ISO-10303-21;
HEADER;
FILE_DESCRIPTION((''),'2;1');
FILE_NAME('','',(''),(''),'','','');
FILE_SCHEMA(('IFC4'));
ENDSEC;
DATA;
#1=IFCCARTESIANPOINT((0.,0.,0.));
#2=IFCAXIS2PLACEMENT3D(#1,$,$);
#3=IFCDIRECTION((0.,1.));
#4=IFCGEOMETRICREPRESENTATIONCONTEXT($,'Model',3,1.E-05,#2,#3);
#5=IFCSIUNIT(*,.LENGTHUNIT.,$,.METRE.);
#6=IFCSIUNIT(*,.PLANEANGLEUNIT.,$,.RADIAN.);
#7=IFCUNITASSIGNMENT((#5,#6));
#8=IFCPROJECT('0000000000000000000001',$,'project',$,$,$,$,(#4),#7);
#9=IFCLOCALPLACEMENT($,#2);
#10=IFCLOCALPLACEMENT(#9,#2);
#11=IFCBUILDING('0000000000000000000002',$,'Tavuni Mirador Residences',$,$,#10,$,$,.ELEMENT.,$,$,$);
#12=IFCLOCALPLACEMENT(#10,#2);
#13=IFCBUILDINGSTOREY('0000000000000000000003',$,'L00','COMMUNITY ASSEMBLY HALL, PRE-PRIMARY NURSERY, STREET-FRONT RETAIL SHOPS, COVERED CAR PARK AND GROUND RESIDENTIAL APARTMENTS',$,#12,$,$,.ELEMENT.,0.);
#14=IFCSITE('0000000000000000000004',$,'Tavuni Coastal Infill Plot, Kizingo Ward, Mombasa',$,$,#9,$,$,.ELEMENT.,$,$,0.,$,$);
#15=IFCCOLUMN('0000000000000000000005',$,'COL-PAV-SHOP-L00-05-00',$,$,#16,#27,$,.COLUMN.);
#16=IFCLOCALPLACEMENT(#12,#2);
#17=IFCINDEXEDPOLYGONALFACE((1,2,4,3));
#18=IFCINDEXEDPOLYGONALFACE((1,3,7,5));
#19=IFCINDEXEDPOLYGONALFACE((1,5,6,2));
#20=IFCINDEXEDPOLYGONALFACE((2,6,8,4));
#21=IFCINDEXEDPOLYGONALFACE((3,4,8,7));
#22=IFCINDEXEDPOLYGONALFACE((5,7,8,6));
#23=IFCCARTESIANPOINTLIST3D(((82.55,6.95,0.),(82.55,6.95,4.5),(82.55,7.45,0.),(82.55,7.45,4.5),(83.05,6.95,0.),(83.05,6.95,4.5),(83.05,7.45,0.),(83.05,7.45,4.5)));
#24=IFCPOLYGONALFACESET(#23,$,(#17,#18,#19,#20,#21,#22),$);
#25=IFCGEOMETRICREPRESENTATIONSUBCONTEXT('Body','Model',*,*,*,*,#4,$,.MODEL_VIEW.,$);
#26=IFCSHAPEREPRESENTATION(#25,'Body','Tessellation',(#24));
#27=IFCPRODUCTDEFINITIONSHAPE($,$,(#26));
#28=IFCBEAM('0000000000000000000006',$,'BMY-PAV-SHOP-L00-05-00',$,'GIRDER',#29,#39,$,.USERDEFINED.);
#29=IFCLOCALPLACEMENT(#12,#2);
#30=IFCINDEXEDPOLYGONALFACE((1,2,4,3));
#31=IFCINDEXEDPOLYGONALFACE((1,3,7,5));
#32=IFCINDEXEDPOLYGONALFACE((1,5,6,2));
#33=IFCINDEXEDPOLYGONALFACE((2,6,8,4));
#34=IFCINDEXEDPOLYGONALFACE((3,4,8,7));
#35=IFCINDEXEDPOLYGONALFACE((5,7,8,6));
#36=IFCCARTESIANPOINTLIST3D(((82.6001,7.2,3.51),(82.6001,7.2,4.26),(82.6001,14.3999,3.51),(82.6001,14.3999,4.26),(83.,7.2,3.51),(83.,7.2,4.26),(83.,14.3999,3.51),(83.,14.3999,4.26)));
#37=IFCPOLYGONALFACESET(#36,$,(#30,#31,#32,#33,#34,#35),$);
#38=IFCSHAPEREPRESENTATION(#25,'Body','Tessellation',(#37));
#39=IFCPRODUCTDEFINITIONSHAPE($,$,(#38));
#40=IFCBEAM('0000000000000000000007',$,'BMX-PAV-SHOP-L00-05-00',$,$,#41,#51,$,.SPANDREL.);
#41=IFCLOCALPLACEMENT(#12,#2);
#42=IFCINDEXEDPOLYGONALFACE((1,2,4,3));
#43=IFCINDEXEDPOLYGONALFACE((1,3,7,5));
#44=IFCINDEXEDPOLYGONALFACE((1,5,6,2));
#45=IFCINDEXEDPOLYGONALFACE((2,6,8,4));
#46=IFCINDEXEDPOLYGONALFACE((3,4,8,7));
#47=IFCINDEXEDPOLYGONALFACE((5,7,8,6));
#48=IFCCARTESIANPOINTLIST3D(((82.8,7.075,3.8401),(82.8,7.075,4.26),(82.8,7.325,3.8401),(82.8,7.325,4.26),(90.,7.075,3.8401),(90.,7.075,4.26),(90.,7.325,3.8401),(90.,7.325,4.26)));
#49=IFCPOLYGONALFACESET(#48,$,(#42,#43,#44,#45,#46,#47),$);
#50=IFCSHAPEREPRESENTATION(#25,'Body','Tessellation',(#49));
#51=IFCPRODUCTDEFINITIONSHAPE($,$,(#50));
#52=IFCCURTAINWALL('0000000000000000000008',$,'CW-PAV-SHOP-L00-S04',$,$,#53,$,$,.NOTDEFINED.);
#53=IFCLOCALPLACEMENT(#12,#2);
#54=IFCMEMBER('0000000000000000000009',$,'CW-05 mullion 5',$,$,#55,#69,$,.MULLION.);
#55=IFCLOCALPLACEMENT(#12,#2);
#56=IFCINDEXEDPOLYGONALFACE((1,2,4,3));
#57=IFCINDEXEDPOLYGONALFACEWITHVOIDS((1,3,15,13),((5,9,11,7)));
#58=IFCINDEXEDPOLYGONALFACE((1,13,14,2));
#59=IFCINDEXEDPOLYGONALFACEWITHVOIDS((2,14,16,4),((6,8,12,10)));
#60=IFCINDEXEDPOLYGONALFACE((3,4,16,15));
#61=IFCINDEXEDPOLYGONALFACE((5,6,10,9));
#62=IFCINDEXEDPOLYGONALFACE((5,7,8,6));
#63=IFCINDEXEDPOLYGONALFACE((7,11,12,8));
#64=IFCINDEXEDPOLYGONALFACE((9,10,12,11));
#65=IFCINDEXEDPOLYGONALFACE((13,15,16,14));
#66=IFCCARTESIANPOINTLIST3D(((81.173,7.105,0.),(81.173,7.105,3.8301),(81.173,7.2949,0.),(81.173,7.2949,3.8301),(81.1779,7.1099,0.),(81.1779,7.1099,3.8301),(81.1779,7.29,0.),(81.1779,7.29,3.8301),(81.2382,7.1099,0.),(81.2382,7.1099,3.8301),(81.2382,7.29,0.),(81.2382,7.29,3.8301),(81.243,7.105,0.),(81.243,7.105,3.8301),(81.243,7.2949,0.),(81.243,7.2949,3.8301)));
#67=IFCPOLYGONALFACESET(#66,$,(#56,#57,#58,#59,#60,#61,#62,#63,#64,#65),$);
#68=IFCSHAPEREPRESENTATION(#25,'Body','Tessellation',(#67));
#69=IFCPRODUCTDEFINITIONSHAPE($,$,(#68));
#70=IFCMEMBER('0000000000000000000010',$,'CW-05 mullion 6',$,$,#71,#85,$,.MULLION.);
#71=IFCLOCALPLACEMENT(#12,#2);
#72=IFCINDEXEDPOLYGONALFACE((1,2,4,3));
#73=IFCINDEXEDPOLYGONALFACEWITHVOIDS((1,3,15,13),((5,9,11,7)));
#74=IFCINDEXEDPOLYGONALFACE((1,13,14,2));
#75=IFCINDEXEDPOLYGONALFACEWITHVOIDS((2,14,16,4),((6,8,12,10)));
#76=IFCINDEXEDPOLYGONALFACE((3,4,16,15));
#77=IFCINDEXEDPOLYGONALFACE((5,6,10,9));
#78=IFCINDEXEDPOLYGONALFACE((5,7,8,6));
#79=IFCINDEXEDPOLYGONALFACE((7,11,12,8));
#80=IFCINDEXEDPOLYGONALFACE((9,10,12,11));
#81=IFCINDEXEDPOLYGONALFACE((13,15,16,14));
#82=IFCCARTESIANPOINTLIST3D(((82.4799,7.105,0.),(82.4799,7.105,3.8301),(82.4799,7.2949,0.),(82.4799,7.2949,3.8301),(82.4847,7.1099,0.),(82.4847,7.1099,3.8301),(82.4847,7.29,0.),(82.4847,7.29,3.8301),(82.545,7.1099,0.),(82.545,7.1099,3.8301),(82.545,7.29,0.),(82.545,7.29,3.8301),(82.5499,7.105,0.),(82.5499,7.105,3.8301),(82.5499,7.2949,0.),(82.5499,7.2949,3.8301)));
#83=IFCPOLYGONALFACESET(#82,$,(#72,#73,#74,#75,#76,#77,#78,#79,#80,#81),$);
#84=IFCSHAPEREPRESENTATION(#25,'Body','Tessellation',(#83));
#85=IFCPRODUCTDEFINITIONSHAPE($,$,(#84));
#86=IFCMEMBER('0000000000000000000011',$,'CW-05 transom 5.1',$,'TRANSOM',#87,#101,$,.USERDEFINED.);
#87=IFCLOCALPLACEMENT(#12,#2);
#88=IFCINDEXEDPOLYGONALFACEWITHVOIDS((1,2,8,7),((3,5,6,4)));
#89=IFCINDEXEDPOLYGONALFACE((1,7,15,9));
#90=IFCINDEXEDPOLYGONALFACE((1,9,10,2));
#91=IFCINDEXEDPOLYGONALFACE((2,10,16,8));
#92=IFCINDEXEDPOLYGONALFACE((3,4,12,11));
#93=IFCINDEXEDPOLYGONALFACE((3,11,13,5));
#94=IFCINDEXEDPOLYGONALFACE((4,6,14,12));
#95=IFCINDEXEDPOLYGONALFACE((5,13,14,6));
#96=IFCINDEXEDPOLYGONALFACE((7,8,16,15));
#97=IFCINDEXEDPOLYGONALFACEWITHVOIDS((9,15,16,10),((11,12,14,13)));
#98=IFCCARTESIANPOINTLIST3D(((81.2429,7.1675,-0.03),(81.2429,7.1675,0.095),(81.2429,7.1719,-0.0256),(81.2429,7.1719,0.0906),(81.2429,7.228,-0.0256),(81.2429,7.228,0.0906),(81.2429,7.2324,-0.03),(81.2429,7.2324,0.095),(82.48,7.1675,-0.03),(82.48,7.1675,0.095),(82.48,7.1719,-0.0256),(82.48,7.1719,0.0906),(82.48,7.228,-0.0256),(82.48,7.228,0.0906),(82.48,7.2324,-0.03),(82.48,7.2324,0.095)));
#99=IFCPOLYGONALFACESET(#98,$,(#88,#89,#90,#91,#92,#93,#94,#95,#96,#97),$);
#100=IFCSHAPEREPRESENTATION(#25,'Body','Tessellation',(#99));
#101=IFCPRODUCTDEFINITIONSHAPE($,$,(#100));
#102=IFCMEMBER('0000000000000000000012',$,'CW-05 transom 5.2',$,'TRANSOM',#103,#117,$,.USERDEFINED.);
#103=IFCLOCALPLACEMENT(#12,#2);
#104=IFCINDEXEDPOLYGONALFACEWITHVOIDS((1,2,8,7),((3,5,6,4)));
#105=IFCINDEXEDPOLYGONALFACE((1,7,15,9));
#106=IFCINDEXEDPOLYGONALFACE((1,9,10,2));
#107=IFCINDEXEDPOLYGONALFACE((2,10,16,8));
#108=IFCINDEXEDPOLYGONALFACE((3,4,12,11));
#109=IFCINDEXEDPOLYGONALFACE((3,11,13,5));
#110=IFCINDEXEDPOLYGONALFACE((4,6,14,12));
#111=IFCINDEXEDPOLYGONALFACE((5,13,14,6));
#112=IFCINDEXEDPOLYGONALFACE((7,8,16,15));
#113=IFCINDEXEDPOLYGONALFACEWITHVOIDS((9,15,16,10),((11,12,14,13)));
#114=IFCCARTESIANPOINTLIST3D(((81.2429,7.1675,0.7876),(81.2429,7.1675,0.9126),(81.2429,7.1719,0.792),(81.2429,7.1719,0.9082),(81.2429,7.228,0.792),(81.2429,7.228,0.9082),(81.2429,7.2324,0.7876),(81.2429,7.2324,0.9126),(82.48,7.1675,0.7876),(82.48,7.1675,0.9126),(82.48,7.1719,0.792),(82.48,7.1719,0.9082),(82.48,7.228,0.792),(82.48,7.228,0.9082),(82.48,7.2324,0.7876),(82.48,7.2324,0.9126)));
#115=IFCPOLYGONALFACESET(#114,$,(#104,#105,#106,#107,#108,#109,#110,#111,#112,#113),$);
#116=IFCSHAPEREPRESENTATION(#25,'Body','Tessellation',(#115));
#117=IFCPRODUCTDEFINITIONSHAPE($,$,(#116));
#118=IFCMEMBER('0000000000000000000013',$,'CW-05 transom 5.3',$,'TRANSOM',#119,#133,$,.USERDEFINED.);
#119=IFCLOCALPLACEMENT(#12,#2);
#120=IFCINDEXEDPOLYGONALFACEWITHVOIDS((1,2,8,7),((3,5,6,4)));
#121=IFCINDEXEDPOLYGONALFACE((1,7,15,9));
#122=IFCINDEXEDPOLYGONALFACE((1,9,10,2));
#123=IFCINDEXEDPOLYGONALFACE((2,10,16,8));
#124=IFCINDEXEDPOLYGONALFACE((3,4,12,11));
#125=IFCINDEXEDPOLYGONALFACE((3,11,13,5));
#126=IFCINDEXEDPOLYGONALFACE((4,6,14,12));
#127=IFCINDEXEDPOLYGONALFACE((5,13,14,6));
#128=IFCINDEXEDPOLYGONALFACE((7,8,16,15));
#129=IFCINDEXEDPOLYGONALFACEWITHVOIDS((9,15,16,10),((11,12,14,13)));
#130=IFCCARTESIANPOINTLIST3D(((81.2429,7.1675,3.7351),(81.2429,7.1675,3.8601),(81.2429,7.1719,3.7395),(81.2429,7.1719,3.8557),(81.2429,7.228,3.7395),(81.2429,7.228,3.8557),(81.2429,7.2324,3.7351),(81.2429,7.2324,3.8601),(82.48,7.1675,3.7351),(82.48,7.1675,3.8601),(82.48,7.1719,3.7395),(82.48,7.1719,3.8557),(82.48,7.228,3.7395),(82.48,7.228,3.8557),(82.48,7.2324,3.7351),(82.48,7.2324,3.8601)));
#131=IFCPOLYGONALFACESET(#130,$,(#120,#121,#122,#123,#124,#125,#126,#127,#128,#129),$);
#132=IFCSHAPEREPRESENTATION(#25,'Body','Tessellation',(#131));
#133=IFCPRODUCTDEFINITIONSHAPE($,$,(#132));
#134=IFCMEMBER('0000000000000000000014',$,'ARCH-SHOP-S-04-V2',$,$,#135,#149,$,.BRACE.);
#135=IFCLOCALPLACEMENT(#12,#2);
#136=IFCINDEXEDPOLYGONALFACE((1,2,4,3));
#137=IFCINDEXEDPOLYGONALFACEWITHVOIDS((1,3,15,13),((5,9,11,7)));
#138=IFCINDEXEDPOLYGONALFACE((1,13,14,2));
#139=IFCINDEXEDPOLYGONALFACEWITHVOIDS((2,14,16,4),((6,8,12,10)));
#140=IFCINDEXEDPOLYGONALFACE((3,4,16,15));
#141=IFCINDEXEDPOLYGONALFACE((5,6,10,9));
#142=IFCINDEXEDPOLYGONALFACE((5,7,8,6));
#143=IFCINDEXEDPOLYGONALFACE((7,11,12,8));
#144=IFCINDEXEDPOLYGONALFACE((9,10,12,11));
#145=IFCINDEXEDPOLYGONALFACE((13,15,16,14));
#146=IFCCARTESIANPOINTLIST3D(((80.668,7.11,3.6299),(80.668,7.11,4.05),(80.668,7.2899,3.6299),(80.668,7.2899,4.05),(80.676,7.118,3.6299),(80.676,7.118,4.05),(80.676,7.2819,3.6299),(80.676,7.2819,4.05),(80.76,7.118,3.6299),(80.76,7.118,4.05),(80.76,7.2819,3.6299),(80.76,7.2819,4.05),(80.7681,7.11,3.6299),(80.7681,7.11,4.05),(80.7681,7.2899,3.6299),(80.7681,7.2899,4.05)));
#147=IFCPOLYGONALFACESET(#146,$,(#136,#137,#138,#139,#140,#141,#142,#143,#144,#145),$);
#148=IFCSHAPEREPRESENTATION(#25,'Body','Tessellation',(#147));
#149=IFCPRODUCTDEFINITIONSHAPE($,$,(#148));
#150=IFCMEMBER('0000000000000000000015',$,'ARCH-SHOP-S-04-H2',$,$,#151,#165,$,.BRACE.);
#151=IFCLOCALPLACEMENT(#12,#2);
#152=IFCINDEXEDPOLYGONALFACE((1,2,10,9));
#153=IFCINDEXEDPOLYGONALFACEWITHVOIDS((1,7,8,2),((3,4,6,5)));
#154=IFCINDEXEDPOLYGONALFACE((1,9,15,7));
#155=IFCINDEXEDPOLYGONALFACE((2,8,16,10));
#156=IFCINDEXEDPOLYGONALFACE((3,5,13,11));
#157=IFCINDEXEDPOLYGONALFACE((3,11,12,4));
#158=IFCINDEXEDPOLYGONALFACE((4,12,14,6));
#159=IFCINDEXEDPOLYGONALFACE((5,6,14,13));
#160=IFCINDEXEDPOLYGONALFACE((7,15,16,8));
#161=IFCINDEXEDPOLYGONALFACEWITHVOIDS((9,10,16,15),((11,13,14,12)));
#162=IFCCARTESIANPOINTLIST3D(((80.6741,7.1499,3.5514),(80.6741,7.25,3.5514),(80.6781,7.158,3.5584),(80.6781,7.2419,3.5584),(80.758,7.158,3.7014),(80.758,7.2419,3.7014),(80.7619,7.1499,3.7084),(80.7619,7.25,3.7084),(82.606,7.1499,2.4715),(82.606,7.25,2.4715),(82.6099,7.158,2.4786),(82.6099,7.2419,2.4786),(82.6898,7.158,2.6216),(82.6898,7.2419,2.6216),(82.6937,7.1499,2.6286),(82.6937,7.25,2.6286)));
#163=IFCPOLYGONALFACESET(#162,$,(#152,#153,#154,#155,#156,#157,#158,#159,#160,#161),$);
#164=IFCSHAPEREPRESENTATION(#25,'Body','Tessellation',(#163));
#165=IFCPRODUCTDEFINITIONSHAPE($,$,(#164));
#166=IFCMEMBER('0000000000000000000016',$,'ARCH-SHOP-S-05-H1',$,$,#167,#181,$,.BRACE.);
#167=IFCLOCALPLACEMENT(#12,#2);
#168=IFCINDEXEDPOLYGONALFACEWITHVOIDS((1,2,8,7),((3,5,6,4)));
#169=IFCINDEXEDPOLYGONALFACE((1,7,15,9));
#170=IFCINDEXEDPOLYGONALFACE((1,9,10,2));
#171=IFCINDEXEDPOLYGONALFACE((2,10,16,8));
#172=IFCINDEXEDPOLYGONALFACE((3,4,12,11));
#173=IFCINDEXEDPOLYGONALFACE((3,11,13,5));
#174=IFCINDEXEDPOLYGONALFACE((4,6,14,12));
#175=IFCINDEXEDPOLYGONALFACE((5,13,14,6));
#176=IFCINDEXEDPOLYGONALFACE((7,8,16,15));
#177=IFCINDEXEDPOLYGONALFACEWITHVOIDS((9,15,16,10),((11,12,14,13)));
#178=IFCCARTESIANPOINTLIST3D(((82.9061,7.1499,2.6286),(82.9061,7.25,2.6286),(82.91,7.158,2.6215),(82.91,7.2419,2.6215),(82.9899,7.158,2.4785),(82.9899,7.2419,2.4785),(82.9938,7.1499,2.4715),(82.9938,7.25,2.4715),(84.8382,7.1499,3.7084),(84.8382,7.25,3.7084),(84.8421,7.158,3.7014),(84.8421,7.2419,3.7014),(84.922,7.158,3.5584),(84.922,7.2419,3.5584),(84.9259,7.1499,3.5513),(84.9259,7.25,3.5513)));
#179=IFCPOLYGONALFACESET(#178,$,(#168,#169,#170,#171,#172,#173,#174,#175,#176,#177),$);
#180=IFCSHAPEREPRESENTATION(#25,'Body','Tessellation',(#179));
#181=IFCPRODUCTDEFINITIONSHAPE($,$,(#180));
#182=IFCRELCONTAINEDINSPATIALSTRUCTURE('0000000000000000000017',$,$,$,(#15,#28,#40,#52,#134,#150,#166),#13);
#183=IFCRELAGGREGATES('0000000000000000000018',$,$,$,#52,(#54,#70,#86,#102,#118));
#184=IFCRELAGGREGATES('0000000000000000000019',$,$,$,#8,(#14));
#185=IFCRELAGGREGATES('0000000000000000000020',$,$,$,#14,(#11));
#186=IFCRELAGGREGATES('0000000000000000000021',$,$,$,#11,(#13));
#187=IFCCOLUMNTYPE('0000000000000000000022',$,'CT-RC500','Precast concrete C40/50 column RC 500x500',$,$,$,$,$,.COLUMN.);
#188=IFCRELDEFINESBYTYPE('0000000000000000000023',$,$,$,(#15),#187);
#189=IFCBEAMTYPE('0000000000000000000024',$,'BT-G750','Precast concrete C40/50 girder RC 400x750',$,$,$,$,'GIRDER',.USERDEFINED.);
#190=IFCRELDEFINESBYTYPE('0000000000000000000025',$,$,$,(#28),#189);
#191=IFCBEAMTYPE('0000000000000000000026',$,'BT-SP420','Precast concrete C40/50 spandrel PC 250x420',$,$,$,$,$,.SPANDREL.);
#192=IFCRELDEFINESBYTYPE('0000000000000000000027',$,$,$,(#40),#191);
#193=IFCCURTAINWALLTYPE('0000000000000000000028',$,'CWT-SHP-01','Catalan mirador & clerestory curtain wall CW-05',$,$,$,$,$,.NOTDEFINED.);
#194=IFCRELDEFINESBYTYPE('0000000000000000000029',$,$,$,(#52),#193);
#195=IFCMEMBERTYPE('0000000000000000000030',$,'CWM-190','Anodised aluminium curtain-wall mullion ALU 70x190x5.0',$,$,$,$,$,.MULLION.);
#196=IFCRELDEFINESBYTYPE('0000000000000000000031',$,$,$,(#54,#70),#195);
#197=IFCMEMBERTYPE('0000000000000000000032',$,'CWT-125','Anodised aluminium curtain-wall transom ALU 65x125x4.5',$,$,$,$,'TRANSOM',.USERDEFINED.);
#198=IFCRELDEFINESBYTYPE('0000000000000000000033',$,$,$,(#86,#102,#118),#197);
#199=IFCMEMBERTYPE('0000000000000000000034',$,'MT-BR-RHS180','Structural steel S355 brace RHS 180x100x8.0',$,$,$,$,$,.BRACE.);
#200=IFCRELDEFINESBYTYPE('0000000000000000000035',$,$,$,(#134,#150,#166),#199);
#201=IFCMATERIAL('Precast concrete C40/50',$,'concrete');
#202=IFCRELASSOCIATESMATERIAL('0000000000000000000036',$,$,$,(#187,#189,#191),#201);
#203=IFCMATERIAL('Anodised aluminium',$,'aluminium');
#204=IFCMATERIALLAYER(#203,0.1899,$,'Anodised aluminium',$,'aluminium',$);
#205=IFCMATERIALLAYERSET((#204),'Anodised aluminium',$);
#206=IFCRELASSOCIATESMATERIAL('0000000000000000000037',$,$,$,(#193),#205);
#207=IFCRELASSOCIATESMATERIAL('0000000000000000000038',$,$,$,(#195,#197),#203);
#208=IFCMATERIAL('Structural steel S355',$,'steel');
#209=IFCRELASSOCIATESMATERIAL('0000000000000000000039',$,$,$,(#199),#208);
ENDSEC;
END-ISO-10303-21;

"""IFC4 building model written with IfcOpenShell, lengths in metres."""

from ifc_helpers import new_model, si_unit, direction, frame, origin, origin_2d, place, context, subcontext, project, spatial, rectangle, hollow_rectangle, extrude, material, layer, layer_set, material_profile, profile_set, type_object, element, aggregate, save


model = new_model("IFC4")

# Units and contexts
model_context = context("Model", 3, precision=1e-05, world=origin(), true_north=direction((0.0, 1.0)))
body_context = subcontext(model_context, "Body", "Model", "MODEL_VIEW")
ifc_project = project(units=[si_unit("LENGTHUNIT", "METRE"), si_unit("PLANEANGLEUNIT", "RADIAN")], contexts=[model_context])

# Site, building, storey
site_placement = place(None, origin())
site = spatial("IfcSite", under=ifc_project, at=site_placement, Name="Tavuni Coastal Infill Plot, Kizingo Ward, Mombasa", CompositionType="ELEMENT", RefElevation=0.0)
building_placement = place(site_placement, origin())
building = spatial("IfcBuilding", under=site, at=building_placement, Name="Tavuni Mirador Residences", CompositionType="ELEMENT")
storey_placement = place(building_placement, origin())
storey = spatial("IfcBuildingStorey", under=building, at=storey_placement, Name="L00", Description="COMMUNITY ASSEMBLY HALL, PRE-PRIMARY NURSERY, STREET-FRONT RETAIL SHOPS, COVERED CAR PARK AND GROUND RESIDENTIAL APARTMENTS", CompositionType="ELEMENT", Elevation=0.0)

# Column
ifc_material_1 = material(Name="Precast concrete C40/50", Category="concrete")
ifc_material_profile_1 = material_profile(ifc_material_1, rectangle(XDim=0.5, YDim=0.5, at=origin_2d()), Name="RC 500x500", Category="concrete")
ifc_profile_set_1 = profile_set([ifc_material_profile_1], Name="Precast concrete C40/50")
column_type = type_object("IfcColumnType", Name="CT-RC500", Description="Precast concrete C40/50 column RC 500x500", PredefinedType="COLUMN", material=ifc_profile_set_1)
column_placement = place(storey_placement, frame((82.8, 7.2, 0.0), z_axis=(0.0, 0.0, 1.0), x_axis=(1.0, 0.0, 0.0)))
element("IfcColumn", 1, at=column_placement, inside=storey, type_object=column_type, Name="COL-PAV-SHOP-L00-05-00", PredefinedType="COLUMN", context=body_context, shape_type="SweptSolid", body=[
    extrude(rectangle(XDim=0.5, YDim=0.5, at=origin_2d()), origin(), (0.0, 0.0, 1.0), 4.5),
])

# Beams
ifc_material_profile_2 = material_profile(ifc_material_1, rectangle(XDim=0.3999, YDim=0.75, at=origin_2d()), Name="RC 400x750", Category="concrete")
ifc_profile_set_2 = profile_set([ifc_material_profile_2], Name="Precast concrete C40/50")
beam_type_1 = type_object("IfcBeamType", Name="BT-G750", Description="Precast concrete C40/50 girder RC 400x750", ElementType="GIRDER", PredefinedType="USERDEFINED", material=ifc_profile_set_2)
beam_1_placement = place(storey_placement, frame((82.8, 7.2, 3.885), z_axis=(0.0, 1.0, 0.0), x_axis=(-1.0, 0.0, 0.0)))
element("IfcBeam", 2, at=beam_1_placement, inside=storey, type_object=beam_type_1, Name="BMY-PAV-SHOP-L00-05-00", ObjectType="GIRDER", PredefinedType="USERDEFINED", context=body_context, shape_type="SweptSolid", body=[
    extrude(rectangle(XDim=0.3999, YDim=0.75, at=origin_2d()), origin(), (0.0, 0.0, 1.0), 7.2),
])
ifc_material_profile_3 = material_profile(ifc_material_1, rectangle(XDim=0.25, YDim=0.4199, at=origin_2d()), Name="PC 250x420", Category="concrete")
ifc_profile_set_3 = profile_set([ifc_material_profile_3], Name="Precast concrete C40/50")
beam_type_2 = type_object("IfcBeamType", Name="BT-SP420", Description="Precast concrete C40/50 spandrel PC 250x420", PredefinedType="SPANDREL", material=ifc_profile_set_3)
beam_2_placement = place(storey_placement, frame((82.8, 7.2, 4.05), z_axis=(1.0, 0.0, 0.0), x_axis=(0.0, 1.0, 0.0)))
element("IfcBeam", 3, at=beam_2_placement, inside=storey, type_object=beam_type_2, Name="BMX-PAV-SHOP-L00-05-00", PredefinedType="SPANDREL", context=body_context, shape_type="SweptSolid", body=[
    extrude(rectangle(XDim=0.25, YDim=0.4199, at=origin_2d()), origin(), (0.0, 0.0, 1.0), 7.2),
])

# Curtain wall, members
ifc_material_2 = material(Name="Anodised aluminium", Category="aluminium")
ifc_layer_1 = layer(ifc_material_2, 0.1899, Name="Anodised aluminium", Category="aluminium")
ifc_layer_set_1 = layer_set([ifc_layer_1], Name="Anodised aluminium")
curtain_wall_type = type_object("IfcCurtainWallType", Name="CWT-SHP-01", Description="Catalan mirador & clerestory curtain wall CW-05", PredefinedType="NOTDEFINED", material=ifc_layer_set_1)
curtain_wall_placement = place(storey_placement, origin())
curtain_wall = element("IfcCurtainWall", 4, at=curtain_wall_placement, inside=storey, type_object=curtain_wall_type, Name="CW-PAV-SHOP-L00-S04", PredefinedType="NOTDEFINED")
ifc_material_profile_4 = material_profile(ifc_material_2, hollow_rectangle(XDim=0.0701, YDim=0.1899, WallThickness=0.0049, at=origin_2d()), Name="ALU 70x190x5.0", Category="aluminium")
ifc_profile_set_4 = profile_set([ifc_material_profile_4], Name="Anodised aluminium")
member_type_1 = type_object("IfcMemberType", Name="CWM-190", Description="Anodised aluminium curtain-wall mullion ALU 70x190x5.0", PredefinedType="MULLION", material=ifc_profile_set_4)
member_1_placement = place(storey_placement, frame((81.208, 7.2, 0.0), z_axis=(0.0, 0.0, 1.0), x_axis=(1.0, 0.0, 0.0)))
member_1 = element("IfcMember", 5, at=member_1_placement, type_object=member_type_1, Name="CW-05 mullion 5", PredefinedType="MULLION", context=body_context, shape_type="SweptSolid", body=[
    extrude(hollow_rectangle(XDim=0.0701, YDim=0.1899, WallThickness=0.0049, at=origin_2d()), origin(), (0.0, 0.0, 1.0), 3.8301),
])
member_2_placement = place(storey_placement, frame((82.5149, 7.2, 0.0), z_axis=(0.0, 0.0, 1.0), x_axis=(1.0, 0.0, 0.0)))
member_2 = element("IfcMember", 6, at=member_2_placement, type_object=member_type_1, Name="CW-05 mullion 6", PredefinedType="MULLION", context=body_context, shape_type="SweptSolid", body=[
    extrude(hollow_rectangle(XDim=0.0701, YDim=0.1899, WallThickness=0.0049, at=origin_2d()), origin(), (0.0, 0.0, 1.0), 3.8301),
])
ifc_material_profile_5 = material_profile(ifc_material_2, hollow_rectangle(XDim=0.0649, YDim=0.125, WallThickness=0.0044, at=origin_2d()), Name="ALU 65x125x4.5", Category="aluminium")
ifc_profile_set_5 = profile_set([ifc_material_profile_5], Name="Anodised aluminium")
member_type_2 = type_object("IfcMemberType", Name="CWT-125", Description="Anodised aluminium curtain-wall transom ALU 65x125x4.5", ElementType="TRANSOM", PredefinedType="USERDEFINED", material=ifc_profile_set_5)
member_3_placement = place(storey_placement, frame((81.2429, 7.2, 0.0325), z_axis=(1.0, 0.0, 0.0), x_axis=(0.0, 1.0, 0.0)))
member_3 = element("IfcMember", 7, at=member_3_placement, type_object=member_type_2, Name="CW-05 transom 5.1", ObjectType="TRANSOM", PredefinedType="USERDEFINED", context=body_context, shape_type="SweptSolid", body=[
    extrude(hollow_rectangle(XDim=0.0649, YDim=0.125, WallThickness=0.0044, at=origin_2d()), origin(), (0.0, 0.0, 1.0), 1.2371),
])
member_4_placement = place(storey_placement, frame((81.2429, 7.2, 0.8501), z_axis=(1.0, 0.0, 0.0), x_axis=(0.0, 1.0, 0.0)))
member_4 = element("IfcMember", 8, at=member_4_placement, type_object=member_type_2, Name="CW-05 transom 5.2", ObjectType="TRANSOM", PredefinedType="USERDEFINED", context=body_context, shape_type="SweptSolid", body=[
    extrude(hollow_rectangle(XDim=0.0649, YDim=0.125, WallThickness=0.0044, at=origin_2d()), origin(), (0.0, 0.0, 1.0), 1.2371),
])
member_5_placement = place(storey_placement, frame((81.2429, 7.2, 3.7976), z_axis=(1.0, 0.0, 0.0), x_axis=(0.0, 1.0, 0.0)))
member_5 = element("IfcMember", 9, at=member_5_placement, type_object=member_type_2, Name="CW-05 transom 5.3", ObjectType="TRANSOM", PredefinedType="USERDEFINED", context=body_context, shape_type="SweptSolid", body=[
    extrude(hollow_rectangle(XDim=0.0649, YDim=0.125, WallThickness=0.0044, at=origin_2d()), origin(), (0.0, 0.0, 1.0), 1.2371),
])

# Members
ifc_material_3 = material(Name="Structural steel S355", Category="steel")
ifc_material_profile_6 = material_profile(ifc_material_3, hollow_rectangle(XDim=0.1001, YDim=0.1799, WallThickness=0.0081, at=origin_2d()), Name="RHS 180x100x8.0", Category="steel")
ifc_profile_set_6 = profile_set([ifc_material_profile_6], Name="Structural steel S355")
member_type_3 = type_object("IfcMemberType", Name="MT-BR-RHS180", Description="Structural steel S355 brace RHS 180x100x8.0", PredefinedType="BRACE", material=ifc_profile_set_6)
member_6_placement = place(storey_placement, frame((80.718, 7.2, 3.6299), z_axis=(0.0, 0.0, 1.0), x_axis=(1.0, 0.0, 0.0)))
element("IfcMember", 10, at=member_6_placement, inside=storey, type_object=member_type_3, Name="ARCH-SHOP-S-04-V2", PredefinedType="BRACE", context=body_context, shape_type="SweptSolid", body=[
    extrude(hollow_rectangle(XDim=0.1001, YDim=0.1799, WallThickness=0.0081, at=origin_2d()), origin(), (0.0, 0.0, 1.0), 0.4202),
])
member_7_placement = place(storey_placement, frame((80.718, 7.2, 3.6299), z_axis=(0.872895, 0.0, -0.487908), x_axis=(0.0, 1.0, 0.0)))
element("IfcMember", 11, at=member_7_placement, inside=storey, type_object=member_type_3, Name="ARCH-SHOP-S-04-H2", PredefinedType="BRACE", context=body_context, shape_type="SweptSolid", body=[
    extrude(hollow_rectangle(XDim=0.1001, YDim=0.1799, WallThickness=0.0081, at=origin_2d()), origin(), (0.0, 0.0, 1.0), 2.2131),
])
member_8_placement = place(storey_placement, frame((82.95, 7.2, 2.55), z_axis=(0.872921, 0.0, 0.487861), x_axis=(0.0, 1.0, 0.0)))
element("IfcMember", 12, at=member_8_placement, inside=storey, type_object=member_type_3, Name="ARCH-SHOP-S-05-H1", PredefinedType="BRACE", context=body_context, shape_type="SweptSolid", body=[
    extrude(hollow_rectangle(XDim=0.1001, YDim=0.1799, WallThickness=0.0081, at=origin_2d()), origin(), (0.0, 0.0, 1.0), 2.2134),
])

aggregate(curtain_wall, [member_1, member_2, member_3, member_4, member_5])

save(model, "model.ifc")
